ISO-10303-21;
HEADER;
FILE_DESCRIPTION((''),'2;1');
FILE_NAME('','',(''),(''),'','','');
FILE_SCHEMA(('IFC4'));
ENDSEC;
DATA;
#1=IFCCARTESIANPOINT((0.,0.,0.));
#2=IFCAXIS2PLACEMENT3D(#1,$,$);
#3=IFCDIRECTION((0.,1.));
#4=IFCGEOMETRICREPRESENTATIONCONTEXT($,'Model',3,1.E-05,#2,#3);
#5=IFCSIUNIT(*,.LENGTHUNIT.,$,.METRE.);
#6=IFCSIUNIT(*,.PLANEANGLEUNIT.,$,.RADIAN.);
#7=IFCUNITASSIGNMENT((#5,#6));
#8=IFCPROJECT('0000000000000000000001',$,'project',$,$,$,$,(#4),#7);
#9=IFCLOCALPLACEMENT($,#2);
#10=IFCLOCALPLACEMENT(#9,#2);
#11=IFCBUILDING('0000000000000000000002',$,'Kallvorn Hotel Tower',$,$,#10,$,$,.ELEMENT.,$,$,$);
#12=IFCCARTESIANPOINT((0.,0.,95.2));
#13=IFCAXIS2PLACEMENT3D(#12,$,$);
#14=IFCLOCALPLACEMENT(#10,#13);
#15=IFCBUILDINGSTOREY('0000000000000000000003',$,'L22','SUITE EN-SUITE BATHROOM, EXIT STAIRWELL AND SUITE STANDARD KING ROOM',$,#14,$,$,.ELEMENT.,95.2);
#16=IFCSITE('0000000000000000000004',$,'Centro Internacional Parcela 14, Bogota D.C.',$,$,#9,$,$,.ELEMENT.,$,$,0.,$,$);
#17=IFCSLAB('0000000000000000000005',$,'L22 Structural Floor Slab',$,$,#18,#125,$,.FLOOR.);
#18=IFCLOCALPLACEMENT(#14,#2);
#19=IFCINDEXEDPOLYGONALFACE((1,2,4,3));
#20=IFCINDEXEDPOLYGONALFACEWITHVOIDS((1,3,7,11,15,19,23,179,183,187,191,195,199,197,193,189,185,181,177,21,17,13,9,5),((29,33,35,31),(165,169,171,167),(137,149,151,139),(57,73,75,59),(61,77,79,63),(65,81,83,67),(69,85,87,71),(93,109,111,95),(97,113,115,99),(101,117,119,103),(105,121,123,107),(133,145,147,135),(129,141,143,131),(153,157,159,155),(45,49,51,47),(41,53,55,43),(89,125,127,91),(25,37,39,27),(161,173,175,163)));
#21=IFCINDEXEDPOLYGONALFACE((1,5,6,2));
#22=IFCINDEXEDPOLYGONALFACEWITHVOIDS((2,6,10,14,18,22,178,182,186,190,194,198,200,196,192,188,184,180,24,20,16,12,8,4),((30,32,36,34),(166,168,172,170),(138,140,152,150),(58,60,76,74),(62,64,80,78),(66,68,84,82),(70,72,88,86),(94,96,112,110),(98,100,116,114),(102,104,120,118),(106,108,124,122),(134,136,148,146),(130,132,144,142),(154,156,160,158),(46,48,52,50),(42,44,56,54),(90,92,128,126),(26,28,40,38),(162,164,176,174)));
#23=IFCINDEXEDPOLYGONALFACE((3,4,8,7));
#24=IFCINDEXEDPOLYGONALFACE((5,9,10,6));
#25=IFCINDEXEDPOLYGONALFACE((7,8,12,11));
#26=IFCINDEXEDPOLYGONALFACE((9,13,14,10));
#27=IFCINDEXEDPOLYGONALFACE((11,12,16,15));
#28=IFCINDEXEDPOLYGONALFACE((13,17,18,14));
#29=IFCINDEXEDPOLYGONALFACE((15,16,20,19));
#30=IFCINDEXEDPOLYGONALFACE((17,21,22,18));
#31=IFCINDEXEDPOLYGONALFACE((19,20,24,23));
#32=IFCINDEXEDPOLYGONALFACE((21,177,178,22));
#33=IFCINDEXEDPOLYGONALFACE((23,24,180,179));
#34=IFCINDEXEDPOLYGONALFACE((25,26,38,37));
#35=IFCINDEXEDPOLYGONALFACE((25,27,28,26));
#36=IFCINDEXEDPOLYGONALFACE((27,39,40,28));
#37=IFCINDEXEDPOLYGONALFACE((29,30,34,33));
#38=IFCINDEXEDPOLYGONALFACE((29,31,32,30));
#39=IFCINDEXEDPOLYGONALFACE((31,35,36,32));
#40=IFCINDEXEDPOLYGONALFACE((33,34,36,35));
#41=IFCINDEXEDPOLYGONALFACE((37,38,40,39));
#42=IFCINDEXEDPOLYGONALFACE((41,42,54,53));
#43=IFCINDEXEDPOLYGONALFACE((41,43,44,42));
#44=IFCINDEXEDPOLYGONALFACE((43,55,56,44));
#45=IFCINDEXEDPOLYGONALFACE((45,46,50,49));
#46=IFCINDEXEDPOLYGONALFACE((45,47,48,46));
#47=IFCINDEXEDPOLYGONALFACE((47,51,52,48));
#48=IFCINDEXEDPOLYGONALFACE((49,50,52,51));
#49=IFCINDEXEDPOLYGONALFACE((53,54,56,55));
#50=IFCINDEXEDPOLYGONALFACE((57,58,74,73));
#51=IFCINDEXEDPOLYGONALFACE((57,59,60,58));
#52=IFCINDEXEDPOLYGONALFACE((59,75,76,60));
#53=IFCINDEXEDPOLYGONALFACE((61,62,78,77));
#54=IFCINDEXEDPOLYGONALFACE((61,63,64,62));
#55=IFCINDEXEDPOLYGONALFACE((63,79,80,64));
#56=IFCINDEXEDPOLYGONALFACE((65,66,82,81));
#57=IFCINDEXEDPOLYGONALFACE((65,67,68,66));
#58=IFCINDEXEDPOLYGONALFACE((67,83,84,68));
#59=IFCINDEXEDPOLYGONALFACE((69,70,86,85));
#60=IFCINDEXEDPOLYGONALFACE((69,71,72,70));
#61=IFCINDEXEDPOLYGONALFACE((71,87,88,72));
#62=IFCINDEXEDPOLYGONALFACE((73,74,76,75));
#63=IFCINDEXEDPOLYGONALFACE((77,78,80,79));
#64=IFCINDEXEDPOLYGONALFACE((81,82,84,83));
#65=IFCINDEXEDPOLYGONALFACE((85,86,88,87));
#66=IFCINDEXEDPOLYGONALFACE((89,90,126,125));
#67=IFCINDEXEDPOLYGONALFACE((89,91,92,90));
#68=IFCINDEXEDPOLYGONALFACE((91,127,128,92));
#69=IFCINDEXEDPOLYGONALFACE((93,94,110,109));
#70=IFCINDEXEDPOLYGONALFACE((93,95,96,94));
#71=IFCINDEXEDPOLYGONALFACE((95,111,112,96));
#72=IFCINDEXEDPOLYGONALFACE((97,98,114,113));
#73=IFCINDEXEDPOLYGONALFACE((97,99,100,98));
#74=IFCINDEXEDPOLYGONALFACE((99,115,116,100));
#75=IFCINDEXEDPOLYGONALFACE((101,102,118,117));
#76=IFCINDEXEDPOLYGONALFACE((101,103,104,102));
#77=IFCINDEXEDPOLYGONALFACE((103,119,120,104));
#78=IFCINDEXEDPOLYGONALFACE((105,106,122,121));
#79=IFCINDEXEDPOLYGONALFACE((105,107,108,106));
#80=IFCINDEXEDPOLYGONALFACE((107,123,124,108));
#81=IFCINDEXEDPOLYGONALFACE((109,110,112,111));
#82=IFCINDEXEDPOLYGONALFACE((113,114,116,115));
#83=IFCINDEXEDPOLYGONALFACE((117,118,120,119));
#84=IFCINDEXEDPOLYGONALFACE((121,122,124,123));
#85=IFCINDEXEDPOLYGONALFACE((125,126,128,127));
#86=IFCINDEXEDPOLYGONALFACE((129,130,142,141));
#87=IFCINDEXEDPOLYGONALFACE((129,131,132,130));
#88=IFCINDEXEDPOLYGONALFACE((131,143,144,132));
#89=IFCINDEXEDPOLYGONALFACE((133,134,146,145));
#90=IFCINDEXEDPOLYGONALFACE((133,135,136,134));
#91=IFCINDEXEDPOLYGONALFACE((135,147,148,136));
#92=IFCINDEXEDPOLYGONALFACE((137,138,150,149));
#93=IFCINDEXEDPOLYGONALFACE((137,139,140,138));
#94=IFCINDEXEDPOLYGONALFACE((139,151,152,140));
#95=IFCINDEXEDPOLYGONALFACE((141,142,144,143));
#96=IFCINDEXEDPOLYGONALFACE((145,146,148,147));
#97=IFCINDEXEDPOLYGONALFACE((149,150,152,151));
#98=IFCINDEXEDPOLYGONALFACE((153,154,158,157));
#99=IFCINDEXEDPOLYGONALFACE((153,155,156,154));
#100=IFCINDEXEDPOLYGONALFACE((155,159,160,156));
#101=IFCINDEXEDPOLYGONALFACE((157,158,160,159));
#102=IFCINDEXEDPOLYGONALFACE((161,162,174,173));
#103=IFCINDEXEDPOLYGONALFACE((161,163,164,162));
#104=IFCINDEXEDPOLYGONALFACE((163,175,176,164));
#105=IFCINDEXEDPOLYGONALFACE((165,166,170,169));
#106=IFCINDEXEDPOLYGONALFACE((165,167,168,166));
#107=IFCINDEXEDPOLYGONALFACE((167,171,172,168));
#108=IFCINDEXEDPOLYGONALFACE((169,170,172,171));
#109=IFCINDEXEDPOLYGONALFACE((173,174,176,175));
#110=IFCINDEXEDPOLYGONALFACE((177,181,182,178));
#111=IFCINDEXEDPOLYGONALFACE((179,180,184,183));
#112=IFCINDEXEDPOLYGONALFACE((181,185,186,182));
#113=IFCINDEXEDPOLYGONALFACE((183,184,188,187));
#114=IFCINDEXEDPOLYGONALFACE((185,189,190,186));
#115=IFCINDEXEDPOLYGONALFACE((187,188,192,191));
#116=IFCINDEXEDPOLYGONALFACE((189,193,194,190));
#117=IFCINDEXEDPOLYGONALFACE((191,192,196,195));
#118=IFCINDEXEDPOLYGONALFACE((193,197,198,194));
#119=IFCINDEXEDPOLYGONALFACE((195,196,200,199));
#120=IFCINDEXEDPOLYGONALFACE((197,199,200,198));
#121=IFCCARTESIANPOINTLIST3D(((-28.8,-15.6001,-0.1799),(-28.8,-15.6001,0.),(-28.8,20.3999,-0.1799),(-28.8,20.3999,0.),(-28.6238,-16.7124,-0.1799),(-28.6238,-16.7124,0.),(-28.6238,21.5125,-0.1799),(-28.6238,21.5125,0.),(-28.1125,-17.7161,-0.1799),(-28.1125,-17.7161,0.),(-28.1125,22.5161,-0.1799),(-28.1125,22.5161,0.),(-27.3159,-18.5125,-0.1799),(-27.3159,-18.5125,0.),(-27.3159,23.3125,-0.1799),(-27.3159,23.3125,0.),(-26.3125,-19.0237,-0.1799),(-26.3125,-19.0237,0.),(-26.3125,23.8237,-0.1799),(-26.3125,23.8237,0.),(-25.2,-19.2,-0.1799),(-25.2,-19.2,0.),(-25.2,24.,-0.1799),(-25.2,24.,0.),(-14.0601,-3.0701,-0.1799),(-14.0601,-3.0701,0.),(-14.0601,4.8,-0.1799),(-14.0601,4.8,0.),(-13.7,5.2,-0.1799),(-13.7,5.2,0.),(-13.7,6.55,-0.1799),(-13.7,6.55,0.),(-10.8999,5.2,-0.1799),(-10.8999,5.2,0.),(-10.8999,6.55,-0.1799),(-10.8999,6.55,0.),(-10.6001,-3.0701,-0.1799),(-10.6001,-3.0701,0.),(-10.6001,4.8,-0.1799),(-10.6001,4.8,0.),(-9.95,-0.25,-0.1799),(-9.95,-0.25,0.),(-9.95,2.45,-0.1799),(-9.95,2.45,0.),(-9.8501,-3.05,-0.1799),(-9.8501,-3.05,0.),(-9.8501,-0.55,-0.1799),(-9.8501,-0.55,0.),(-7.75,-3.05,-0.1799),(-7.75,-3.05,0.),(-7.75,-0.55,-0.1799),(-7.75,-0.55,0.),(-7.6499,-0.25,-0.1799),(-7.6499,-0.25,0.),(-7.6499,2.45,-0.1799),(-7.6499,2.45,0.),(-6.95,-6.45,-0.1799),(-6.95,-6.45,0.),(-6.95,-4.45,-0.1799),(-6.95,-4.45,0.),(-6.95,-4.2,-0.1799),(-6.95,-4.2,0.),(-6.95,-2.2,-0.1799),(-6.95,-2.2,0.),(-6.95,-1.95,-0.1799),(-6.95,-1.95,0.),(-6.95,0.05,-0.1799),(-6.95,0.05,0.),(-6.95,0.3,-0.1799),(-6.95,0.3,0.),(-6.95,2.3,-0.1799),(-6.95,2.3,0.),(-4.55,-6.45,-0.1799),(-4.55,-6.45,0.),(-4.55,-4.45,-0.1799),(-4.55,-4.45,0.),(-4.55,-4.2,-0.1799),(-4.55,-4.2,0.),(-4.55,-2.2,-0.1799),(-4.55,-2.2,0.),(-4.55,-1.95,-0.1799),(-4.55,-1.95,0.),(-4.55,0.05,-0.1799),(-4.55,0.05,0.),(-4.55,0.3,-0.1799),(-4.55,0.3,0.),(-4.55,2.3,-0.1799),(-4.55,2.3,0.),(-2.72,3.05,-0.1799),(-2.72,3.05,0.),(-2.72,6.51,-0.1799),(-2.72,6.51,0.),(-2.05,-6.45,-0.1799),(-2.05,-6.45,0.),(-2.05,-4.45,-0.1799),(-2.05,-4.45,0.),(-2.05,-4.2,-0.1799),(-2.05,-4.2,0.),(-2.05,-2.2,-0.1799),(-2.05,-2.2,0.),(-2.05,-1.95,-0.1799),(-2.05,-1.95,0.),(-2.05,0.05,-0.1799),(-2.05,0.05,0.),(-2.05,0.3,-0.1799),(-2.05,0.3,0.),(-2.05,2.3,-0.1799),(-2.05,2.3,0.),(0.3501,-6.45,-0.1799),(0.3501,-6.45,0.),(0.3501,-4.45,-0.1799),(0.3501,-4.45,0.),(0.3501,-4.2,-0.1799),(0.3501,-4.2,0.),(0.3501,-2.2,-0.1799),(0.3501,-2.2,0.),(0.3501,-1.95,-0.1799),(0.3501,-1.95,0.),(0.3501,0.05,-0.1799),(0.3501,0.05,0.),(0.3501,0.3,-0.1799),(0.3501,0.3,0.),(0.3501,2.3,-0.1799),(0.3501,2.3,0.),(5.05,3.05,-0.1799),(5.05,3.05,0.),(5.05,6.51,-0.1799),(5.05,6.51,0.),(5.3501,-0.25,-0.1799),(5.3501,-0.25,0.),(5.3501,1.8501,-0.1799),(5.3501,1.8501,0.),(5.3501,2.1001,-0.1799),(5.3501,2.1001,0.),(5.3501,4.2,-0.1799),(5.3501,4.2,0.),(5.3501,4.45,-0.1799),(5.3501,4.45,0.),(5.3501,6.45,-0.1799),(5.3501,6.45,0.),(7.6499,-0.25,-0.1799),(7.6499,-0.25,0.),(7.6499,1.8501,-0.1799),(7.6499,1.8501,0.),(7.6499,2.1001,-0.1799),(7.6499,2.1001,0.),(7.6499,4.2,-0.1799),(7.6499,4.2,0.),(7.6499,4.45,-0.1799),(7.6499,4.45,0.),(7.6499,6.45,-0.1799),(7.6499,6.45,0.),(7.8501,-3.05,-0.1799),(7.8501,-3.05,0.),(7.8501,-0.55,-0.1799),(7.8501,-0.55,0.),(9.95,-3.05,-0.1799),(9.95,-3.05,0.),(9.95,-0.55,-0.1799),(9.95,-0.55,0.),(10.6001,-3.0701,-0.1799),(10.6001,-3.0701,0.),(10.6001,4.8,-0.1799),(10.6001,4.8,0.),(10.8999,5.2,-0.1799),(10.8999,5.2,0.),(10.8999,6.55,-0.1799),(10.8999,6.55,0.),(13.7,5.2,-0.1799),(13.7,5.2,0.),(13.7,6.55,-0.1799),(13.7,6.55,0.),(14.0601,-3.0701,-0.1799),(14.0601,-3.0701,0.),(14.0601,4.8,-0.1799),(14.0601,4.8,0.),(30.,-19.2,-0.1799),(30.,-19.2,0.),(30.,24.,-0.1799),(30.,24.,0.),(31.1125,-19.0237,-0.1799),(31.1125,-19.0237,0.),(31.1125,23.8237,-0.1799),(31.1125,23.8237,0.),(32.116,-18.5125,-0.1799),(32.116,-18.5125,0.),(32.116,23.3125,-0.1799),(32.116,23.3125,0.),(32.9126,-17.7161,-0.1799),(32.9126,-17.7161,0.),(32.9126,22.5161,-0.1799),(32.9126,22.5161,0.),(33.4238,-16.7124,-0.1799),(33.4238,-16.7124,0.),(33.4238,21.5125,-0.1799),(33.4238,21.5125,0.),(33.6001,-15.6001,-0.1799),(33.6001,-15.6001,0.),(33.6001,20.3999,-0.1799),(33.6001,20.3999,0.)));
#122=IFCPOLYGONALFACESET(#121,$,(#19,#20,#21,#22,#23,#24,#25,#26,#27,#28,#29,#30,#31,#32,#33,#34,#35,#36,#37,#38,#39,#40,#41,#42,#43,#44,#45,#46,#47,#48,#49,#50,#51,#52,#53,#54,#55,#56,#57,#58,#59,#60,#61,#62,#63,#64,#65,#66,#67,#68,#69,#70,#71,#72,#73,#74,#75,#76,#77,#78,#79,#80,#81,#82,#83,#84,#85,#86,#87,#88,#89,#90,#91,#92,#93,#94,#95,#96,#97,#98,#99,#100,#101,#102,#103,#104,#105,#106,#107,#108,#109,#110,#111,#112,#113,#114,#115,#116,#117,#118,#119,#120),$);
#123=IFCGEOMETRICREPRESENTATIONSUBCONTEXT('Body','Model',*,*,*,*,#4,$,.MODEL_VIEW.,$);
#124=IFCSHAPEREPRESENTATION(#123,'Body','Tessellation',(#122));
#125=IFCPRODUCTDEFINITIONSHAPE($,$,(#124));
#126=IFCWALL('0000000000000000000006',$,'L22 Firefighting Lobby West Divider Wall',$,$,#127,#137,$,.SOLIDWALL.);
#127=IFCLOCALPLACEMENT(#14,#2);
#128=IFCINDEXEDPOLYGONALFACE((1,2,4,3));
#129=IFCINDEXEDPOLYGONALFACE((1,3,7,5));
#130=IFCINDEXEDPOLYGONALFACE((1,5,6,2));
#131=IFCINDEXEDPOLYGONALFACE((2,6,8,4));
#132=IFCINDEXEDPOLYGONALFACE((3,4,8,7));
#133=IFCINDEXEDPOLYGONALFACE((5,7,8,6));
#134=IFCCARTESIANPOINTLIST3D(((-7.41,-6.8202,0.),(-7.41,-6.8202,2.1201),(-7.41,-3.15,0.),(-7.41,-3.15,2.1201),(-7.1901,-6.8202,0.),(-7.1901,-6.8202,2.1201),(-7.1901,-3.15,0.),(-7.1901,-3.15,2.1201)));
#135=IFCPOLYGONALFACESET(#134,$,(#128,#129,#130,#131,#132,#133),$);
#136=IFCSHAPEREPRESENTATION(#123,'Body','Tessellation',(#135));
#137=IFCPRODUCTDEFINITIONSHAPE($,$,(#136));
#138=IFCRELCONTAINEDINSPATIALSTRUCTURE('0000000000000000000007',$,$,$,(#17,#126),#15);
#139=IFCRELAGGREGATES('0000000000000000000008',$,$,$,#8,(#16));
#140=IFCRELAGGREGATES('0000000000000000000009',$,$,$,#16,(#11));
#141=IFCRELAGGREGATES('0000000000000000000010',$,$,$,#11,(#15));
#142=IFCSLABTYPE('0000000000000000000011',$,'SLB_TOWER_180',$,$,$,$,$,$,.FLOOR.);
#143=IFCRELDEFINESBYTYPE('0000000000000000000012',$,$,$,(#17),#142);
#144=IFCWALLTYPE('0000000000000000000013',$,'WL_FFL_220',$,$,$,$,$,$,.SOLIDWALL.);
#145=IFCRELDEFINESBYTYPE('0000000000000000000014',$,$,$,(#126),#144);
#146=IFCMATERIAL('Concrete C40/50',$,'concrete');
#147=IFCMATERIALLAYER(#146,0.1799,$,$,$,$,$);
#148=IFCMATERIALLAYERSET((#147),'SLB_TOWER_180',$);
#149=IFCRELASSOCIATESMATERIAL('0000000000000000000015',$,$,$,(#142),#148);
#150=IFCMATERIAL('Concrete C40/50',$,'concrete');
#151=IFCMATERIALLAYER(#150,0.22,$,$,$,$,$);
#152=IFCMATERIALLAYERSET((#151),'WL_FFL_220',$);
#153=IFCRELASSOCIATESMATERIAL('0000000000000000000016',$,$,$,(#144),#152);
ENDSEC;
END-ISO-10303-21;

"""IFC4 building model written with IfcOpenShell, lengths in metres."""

from ifc_helpers import new_model, si_unit, direction, frame, frame_2d, origin, place, context, subcontext, project, spatial, polyline, rectangle, outline, extrude, material, layer, layer_set, type_object, element, save


model = new_model("IFC4")

# Units and contexts
model_context = context("Model", 3, precision=1e-05, world=origin(), true_north=direction((0.0, 1.0)))
body_context = subcontext(model_context, "Body", "Model", "MODEL_VIEW")
ifc_project = project(units=[si_unit("LENGTHUNIT", "METRE"), si_unit("PLANEANGLEUNIT", "RADIAN")], contexts=[model_context])

# Site, building, storey
site_placement = place(None, origin())
site = spatial("IfcSite", under=ifc_project, at=site_placement, Name="Centro Internacional Parcela 14, Bogota D.C.", CompositionType="ELEMENT", RefElevation=0.0)
building_placement = place(site_placement, origin())
building = spatial("IfcBuilding", under=site, at=building_placement, Name="Kallvorn Hotel Tower", CompositionType="ELEMENT")
storey_placement = place(building_placement, frame((0.0, 0.0, 95.2)))
storey = spatial("IfcBuildingStorey", under=building, at=storey_placement, Name="L22", Description="SUITE EN-SUITE BATHROOM, EXIT STAIRWELL AND SUITE STANDARD KING ROOM", CompositionType="ELEMENT", Elevation=95.2)

# Slab
ifc_material_1 = material(Name="Concrete C40/50", Category="concrete")
ifc_layer_1 = layer(ifc_material_1, 0.1799)
ifc_layer_set_1 = layer_set([ifc_layer_1], Name="SLB_TOWER_180")
slab_type = type_object("IfcSlabType", Name="SLB_TOWER_180", PredefinedType="FLOOR", material=ifc_layer_set_1)
slab_placement = place(storey_placement, frame((0.0, 0.0, -0.1799)))
element("IfcSlab", 1, at=slab_placement, inside=storey, type_object=slab_type, Name="L22 Structural Floor Slab", PredefinedType="FLOOR", context=body_context, shape_type="SweptSolid", body=[
    extrude(outline(polyline([(30.0, -19.2), (31.1125, -19.0237), (32.116, -18.5125), (32.9126, -17.7161), (33.4238, -16.7124), (33.6001, -15.6001), (33.6001, 20.3999), (33.4238, 21.5125), (32.9126, 22.5161), (32.116, 23.3125), (31.1125, 23.8237), (30.0, 24.0), (-25.2, 24.0), (-26.3125, 23.8237), (-27.3159, 23.3125), (-28.1125, 22.5161), (-28.6238, 21.5125), (-28.8, 20.3999), (-28.8, -15.6001), (-28.6238, -16.7124), (-28.1125, -17.7161), (-27.3159, -18.5125), (-26.3125, -19.0237), (-25.2, -19.2), (30.0, -19.2)]), holes=[polyline([(-10.6001, -3.0701), (-10.6001, 4.8), (-14.0601, 4.8), (-14.0601, -3.0701), (-10.6001, -3.0701)]), polyline([(14.0601, -3.0701), (14.0601, 4.8), (10.6001, 4.8), (10.6001, -3.0701), (14.0601, -3.0701)]), polyline([(-2.72, 3.05), (5.05, 3.05), (5.05, 6.51), (-2.72, 6.51), (-2.72, 3.05)]), polyline([(-6.95, -6.45), (-4.55, -6.45), (-4.55, -4.45), (-6.95, -4.45), (-6.95, -6.45)]), polyline([(-6.95, -4.2), (-4.55, -4.2), (-4.55, -2.2), (-6.95, -2.2), (-6.95, -4.2)]), polyline([(-6.95, -1.95), (-4.55, -1.95), (-4.55, 0.05), (-6.95, 0.05), (-6.95, -1.95)]), polyline([(-6.95, 0.3), (-4.55, 0.3), (-4.55, 2.3), (-6.95, 2.3), (-6.95, 0.3)]), polyline([(-2.05, -6.45), (0.3501, -6.45), (0.3501, -4.45), (-2.05, -4.45), (-2.05, -6.45)]), polyline([(-2.05, -4.2), (0.3501, -4.2), (0.3501, -2.2), (-2.05, -2.2), (-2.05, -4.2)]), polyline([(-2.05, -1.95), (0.3501, -1.95), (0.3501, 0.05), (-2.05, 0.05), (-2.05, -1.95)]), polyline([(-2.05, 0.3), (0.3501, 0.3), (0.3501, 2.3), (-2.05, 2.3), (-2.05, 0.3)]), polyline([(5.3501, -0.25), (7.6499, -0.25), (7.6499, 1.8501), (5.3501, 1.8501), (5.3501, -0.25)]), polyline([(5.3501, 2.1001), (7.6499, 2.1001), (7.6499, 4.2), (5.3501, 4.2), (5.3501, 2.1001)]), polyline([(5.3501, 4.45), (7.6499, 4.45), (7.6499, 6.45), (5.3501, 6.45), (5.3501, 4.45)]), polyline([(-9.8501, -3.05), (-7.75, -3.05), (-7.75, -0.55), (-9.8501, -0.55), (-9.8501, -3.05)]), polyline([(7.8501, -3.05), (9.95, -3.05), (9.95, -0.55), (7.8501, -0.55), (7.8501, -3.05)]), polyline([(-9.95, -0.25), (-7.6499, -0.25), (-7.6499, 2.45), (-9.95, 2.45), (-9.95, -0.25)]), polyline([(-13.7, 5.2), (-10.8999, 5.2), (-10.8999, 6.55), (-13.7, 6.55), (-13.7, 5.2)]), polyline([(10.8999, 5.2), (13.7, 5.2), (13.7, 6.55), (10.8999, 6.55), (10.8999, 5.2)])]), origin(), (0.0, 0.0, 1.0), 0.1799),
])

# Wall
ifc_material_2 = material(Name="Concrete C40/50", Category="concrete")
ifc_layer_2 = layer(ifc_material_2, 0.22)
ifc_layer_set_2 = layer_set([ifc_layer_2], Name="WL_FFL_220")
wall_type_1 = type_object("IfcWallType", Name="WL_FFL_220", PredefinedType="SOLIDWALL", material=ifc_layer_set_2)
wall_1_placement = place(storey_placement, frame((-7.3, -6.8201, 0.0), z_axis=(0.0, 0.0, 1.0), x_axis=(0.0, 1.0, 0.0)))
element("IfcWall", 2, at=wall_1_placement, inside=storey, type_object=wall_type_1, Name="L22 Firefighting Lobby West Divider Wall", PredefinedType="SOLIDWALL", context=body_context, shape_type="SweptSolid", body=[
    extrude(rectangle(XDim=3.6702, YDim=0.22, at=frame_2d((1.835, 0.0))), origin(), (0.0, 0.0, 1.0), 2.1201),
])

save(model, "model.ifc")
